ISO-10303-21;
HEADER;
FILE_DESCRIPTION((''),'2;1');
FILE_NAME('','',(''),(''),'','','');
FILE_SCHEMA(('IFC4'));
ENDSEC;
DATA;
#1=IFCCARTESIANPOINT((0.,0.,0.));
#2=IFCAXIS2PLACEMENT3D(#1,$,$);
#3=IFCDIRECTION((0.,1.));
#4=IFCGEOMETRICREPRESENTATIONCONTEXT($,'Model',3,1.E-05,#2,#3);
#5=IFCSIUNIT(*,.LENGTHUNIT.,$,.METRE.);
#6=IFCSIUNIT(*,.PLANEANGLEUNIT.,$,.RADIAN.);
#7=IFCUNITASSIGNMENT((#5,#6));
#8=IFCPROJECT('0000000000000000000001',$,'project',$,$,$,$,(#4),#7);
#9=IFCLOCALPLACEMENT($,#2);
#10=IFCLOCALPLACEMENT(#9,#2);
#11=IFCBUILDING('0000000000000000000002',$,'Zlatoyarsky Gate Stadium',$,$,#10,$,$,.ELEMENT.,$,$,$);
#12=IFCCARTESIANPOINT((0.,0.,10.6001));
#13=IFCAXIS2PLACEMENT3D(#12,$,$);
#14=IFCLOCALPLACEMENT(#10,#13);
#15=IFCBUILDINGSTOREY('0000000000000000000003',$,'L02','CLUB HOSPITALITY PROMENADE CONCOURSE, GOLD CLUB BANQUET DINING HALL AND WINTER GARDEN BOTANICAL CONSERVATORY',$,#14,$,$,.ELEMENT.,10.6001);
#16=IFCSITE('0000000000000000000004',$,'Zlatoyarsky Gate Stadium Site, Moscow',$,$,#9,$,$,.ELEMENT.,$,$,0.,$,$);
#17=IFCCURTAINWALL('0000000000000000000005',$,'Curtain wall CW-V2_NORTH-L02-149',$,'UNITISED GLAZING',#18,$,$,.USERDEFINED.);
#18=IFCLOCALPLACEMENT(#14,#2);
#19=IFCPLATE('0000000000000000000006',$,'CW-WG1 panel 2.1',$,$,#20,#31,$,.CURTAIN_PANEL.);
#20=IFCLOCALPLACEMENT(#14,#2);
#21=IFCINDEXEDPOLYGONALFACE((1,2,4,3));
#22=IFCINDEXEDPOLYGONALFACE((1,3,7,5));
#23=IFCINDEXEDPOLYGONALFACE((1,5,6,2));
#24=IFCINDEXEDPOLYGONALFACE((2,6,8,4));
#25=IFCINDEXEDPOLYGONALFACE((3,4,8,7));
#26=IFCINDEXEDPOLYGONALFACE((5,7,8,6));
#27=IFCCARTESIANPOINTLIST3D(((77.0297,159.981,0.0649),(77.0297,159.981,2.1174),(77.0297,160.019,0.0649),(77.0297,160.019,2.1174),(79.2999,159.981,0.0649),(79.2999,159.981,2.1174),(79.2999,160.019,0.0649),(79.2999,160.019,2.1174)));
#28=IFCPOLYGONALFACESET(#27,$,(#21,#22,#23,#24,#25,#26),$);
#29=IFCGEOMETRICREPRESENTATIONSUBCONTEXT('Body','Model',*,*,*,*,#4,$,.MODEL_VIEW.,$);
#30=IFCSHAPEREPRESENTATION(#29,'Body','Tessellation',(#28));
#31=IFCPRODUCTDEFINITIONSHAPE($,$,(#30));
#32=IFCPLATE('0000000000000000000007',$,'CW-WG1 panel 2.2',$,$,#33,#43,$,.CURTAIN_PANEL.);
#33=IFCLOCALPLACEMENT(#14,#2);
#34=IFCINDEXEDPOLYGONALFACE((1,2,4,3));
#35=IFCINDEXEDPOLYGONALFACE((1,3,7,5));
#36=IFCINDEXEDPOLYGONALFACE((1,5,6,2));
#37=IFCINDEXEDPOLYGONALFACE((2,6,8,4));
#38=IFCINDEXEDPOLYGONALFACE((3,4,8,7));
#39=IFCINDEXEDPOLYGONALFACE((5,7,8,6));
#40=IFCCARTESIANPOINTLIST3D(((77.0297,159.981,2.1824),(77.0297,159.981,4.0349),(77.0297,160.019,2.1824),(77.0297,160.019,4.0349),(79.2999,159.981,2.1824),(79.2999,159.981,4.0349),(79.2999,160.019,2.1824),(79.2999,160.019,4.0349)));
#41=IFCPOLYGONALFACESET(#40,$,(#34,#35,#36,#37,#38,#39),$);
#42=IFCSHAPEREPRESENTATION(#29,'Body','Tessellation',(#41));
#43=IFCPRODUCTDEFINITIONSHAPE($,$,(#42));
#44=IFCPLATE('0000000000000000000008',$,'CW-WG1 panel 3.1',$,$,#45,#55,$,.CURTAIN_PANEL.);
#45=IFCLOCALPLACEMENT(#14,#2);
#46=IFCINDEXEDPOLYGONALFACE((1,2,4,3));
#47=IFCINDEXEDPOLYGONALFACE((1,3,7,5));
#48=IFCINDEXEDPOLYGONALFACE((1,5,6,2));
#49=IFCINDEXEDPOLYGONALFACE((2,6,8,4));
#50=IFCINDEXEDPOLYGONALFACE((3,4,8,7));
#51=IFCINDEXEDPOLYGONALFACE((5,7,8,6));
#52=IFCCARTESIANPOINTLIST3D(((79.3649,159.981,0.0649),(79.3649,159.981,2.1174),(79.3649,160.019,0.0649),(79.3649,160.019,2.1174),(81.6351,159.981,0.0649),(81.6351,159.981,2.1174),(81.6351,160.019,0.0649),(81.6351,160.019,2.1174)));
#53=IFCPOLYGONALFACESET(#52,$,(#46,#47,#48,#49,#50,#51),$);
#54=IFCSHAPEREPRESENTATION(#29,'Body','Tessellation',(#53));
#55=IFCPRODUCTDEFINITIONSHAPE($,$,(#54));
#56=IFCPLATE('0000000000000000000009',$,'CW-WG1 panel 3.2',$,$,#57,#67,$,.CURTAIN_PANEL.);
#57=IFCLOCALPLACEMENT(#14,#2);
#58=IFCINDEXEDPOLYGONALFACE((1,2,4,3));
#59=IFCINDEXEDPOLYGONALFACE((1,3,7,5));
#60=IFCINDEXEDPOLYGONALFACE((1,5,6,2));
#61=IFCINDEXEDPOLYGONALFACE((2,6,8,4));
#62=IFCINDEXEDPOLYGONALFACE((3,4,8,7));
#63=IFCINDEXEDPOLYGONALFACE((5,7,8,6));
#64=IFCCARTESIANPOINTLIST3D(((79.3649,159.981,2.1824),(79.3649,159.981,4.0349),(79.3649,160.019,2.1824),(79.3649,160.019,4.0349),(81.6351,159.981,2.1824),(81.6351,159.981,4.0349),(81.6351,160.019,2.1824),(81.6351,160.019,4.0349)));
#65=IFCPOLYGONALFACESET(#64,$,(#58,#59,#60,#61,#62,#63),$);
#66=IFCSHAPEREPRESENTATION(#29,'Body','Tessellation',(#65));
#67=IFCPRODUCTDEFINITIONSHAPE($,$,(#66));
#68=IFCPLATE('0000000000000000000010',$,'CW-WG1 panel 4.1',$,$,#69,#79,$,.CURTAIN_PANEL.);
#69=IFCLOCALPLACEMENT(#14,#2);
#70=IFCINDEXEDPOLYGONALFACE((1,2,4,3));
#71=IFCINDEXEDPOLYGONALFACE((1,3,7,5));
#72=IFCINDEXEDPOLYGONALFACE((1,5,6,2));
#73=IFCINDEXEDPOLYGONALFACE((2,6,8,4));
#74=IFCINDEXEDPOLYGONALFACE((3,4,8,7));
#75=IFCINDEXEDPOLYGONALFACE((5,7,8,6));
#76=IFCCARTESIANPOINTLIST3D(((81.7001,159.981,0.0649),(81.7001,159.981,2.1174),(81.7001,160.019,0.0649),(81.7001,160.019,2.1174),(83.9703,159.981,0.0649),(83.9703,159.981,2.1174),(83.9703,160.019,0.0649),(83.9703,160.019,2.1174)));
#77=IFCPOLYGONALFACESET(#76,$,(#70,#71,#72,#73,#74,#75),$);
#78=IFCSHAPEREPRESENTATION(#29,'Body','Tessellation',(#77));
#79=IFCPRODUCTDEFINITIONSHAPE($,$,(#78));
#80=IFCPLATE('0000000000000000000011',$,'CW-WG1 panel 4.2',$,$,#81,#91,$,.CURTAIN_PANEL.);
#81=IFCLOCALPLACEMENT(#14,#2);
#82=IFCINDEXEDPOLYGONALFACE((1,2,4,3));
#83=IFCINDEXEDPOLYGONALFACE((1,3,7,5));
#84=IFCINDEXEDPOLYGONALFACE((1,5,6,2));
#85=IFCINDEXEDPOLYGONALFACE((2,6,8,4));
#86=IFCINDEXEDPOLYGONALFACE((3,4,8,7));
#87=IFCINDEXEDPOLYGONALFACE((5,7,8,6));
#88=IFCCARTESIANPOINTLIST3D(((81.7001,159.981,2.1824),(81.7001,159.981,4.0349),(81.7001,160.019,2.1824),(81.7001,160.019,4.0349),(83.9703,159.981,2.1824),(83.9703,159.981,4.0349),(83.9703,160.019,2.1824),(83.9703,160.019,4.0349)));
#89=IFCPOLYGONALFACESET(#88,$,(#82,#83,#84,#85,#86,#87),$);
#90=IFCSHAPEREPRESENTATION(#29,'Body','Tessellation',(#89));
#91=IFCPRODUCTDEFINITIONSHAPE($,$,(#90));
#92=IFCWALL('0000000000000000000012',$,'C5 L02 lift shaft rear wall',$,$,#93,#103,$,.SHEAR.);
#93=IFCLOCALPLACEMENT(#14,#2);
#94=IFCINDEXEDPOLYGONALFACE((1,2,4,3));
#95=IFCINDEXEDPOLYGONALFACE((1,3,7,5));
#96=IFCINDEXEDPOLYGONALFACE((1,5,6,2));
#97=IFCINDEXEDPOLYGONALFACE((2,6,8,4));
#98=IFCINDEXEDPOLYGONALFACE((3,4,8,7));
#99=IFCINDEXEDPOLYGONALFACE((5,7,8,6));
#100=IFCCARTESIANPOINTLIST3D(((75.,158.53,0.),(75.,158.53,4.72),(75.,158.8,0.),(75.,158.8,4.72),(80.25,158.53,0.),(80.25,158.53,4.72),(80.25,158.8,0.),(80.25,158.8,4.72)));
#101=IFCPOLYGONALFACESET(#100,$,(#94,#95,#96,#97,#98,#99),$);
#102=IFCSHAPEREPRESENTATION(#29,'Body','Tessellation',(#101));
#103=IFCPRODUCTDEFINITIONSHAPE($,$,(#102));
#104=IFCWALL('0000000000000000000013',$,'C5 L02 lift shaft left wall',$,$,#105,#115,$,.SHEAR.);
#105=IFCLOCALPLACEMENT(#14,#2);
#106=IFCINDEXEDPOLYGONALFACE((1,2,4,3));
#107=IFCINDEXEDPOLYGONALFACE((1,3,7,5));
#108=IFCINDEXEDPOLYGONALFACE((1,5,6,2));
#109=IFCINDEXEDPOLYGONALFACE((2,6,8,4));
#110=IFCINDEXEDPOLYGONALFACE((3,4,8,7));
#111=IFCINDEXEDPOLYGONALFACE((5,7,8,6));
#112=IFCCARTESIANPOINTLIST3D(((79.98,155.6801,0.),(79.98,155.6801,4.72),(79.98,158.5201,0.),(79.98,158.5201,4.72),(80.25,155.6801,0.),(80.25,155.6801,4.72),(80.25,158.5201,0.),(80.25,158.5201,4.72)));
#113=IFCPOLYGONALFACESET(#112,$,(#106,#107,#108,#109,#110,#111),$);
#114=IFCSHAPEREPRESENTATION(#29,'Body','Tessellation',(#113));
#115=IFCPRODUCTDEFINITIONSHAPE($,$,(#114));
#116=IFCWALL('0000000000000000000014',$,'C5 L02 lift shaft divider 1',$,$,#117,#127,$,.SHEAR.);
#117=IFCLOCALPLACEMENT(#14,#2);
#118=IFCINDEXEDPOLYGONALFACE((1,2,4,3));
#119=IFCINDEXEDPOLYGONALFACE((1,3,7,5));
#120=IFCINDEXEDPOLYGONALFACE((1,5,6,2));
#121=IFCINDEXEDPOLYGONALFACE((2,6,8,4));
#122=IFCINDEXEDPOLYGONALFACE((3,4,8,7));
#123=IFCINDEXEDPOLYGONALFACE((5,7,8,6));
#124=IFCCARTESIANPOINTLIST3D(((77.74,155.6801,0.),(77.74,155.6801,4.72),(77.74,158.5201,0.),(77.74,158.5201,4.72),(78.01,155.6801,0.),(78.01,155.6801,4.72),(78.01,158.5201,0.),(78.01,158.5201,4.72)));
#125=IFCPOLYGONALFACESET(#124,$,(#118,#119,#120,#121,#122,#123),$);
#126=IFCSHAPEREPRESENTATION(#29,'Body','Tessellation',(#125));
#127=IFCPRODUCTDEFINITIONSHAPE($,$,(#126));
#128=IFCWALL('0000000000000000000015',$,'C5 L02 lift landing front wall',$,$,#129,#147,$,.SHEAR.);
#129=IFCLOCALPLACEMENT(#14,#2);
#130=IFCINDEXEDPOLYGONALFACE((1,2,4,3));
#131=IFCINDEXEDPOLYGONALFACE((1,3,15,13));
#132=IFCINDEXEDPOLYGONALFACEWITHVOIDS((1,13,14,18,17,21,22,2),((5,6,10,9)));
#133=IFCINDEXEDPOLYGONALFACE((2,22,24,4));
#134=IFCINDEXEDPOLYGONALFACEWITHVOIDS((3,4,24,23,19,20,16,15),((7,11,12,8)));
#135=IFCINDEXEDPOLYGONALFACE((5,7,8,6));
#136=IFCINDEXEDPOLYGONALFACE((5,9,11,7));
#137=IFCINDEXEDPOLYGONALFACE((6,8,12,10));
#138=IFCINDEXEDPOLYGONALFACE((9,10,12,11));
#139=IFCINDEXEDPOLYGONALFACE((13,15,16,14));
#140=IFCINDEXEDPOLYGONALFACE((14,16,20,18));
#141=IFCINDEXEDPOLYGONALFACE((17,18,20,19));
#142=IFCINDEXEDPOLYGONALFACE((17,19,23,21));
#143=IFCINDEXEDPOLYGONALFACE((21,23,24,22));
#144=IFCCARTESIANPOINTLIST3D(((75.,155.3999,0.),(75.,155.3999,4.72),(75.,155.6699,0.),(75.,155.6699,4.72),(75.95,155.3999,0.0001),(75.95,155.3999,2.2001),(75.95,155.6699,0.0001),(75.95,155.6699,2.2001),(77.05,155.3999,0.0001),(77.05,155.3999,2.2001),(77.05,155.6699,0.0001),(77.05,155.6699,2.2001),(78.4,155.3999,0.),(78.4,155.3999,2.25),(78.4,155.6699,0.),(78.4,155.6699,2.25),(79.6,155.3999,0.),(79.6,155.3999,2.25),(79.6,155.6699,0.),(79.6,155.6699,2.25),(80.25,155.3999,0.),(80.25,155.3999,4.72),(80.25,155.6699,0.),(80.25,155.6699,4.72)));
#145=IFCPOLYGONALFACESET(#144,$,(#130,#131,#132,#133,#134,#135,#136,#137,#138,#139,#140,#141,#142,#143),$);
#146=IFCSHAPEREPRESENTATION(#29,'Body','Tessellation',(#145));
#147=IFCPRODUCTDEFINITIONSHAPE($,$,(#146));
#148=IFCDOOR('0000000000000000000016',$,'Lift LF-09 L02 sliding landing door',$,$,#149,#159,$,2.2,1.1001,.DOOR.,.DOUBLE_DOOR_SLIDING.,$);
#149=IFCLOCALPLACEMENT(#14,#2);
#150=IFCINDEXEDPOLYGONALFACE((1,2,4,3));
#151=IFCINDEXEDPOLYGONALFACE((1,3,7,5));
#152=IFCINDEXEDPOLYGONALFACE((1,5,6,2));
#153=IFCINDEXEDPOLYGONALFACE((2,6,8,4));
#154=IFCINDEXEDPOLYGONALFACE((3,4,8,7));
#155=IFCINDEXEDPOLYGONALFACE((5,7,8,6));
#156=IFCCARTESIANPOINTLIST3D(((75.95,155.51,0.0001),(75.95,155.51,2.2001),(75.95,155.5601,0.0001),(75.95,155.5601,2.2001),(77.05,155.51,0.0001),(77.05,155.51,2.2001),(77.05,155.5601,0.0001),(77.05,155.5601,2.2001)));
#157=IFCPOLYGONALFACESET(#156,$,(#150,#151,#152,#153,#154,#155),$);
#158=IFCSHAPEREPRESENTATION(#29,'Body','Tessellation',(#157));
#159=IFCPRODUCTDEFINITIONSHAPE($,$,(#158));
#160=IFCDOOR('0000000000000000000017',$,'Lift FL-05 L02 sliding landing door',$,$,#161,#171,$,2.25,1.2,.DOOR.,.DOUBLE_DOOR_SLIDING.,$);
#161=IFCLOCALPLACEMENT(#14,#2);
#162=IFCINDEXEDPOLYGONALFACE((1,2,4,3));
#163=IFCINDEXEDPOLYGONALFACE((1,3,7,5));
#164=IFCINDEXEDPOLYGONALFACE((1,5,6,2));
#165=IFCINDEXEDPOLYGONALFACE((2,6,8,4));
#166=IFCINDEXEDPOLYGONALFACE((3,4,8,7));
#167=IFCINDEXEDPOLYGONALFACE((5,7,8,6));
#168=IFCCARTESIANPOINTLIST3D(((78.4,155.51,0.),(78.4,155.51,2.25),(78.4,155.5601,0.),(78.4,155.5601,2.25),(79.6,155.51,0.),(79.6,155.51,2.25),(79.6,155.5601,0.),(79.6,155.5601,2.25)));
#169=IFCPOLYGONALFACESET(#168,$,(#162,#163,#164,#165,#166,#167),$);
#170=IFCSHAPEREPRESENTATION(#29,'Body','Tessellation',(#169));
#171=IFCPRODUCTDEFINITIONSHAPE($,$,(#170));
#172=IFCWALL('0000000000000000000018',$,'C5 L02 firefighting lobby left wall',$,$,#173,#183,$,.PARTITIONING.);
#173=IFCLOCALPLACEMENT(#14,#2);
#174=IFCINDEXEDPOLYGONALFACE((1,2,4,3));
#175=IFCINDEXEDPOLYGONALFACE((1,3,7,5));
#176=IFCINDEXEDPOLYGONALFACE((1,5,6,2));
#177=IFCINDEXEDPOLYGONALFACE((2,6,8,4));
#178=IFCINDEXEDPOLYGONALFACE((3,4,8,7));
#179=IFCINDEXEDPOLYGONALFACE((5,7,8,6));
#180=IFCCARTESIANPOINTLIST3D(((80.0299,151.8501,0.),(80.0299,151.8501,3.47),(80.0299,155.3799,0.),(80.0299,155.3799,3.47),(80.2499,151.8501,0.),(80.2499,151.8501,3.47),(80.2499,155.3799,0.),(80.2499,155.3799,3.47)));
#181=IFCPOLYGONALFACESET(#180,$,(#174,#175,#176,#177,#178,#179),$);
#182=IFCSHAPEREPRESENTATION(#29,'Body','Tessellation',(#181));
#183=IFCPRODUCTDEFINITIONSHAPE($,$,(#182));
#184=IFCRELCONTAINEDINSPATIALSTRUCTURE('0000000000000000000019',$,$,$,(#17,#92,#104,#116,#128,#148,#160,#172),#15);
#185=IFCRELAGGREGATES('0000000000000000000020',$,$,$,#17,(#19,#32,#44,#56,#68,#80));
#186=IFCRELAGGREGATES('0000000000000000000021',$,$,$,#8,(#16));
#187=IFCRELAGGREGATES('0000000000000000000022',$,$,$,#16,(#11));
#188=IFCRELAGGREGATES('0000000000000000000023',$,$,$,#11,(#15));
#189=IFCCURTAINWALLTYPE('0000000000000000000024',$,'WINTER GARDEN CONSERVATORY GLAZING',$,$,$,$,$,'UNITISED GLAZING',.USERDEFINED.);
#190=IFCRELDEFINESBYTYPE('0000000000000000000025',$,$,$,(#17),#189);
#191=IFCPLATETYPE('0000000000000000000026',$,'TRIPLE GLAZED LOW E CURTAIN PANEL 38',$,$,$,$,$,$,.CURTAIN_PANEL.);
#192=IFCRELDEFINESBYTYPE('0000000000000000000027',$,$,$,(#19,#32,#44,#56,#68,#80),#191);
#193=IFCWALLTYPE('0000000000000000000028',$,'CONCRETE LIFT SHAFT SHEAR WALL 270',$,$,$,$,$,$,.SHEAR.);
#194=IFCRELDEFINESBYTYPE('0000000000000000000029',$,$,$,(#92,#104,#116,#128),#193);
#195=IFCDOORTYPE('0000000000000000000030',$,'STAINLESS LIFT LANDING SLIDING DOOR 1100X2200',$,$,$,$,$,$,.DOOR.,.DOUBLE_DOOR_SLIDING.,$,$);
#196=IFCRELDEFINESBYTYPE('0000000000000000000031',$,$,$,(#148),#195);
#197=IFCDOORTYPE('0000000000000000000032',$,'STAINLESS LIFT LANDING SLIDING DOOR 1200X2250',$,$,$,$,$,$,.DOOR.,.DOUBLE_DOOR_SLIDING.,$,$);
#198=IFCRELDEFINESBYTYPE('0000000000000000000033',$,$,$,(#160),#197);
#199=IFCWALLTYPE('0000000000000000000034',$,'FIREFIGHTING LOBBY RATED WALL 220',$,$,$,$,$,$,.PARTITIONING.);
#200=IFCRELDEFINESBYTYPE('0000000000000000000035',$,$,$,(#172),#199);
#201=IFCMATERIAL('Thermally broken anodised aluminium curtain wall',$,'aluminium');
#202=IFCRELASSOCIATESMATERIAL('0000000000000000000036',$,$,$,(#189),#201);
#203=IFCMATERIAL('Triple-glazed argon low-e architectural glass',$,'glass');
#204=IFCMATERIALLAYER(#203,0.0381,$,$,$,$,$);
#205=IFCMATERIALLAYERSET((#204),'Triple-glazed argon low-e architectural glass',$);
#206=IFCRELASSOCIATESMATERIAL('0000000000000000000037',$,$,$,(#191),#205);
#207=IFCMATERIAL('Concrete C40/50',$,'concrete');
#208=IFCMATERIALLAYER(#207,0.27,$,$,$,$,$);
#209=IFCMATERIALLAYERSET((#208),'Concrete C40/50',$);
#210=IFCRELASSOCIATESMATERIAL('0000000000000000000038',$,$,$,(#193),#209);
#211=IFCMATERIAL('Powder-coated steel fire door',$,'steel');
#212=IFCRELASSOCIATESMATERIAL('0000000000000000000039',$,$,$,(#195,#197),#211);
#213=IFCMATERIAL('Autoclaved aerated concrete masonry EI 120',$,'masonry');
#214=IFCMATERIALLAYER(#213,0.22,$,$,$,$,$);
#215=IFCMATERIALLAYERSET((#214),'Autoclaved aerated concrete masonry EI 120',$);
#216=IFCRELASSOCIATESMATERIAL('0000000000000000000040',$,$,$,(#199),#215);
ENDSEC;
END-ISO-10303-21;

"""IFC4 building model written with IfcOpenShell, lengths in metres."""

from ifc_helpers import new_model, si_unit, direction, frame, frame_2d, origin, origin_2d, place, context, subcontext, project, spatial, rectangle, extrude, material, layer, layer_set, type_object, element, fill, aggregate, save


model = new_model("IFC4")

# Units and contexts
model_context = context("Model", 3, precision=1e-05, world=origin(), true_north=direction((0.0, 1.0)))
body_context = subcontext(model_context, "Body", "Model", "MODEL_VIEW")
ifc_project = project(units=[si_unit("LENGTHUNIT", "METRE"), si_unit("PLANEANGLEUNIT", "RADIAN")], contexts=[model_context])

# Site, building, storey
site_placement = place(None, origin())
site = spatial("IfcSite", under=ifc_project, at=site_placement, Name="Zlatoyarsky Gate Stadium Site, Moscow", CompositionType="ELEMENT", RefElevation=0.0)
building_placement = place(site_placement, origin())
building = spatial("IfcBuilding", under=site, at=building_placement, Name="Zlatoyarsky Gate Stadium", CompositionType="ELEMENT")
storey_placement = place(building_placement, frame((0.0, 0.0, 10.6001)))
storey = spatial("IfcBuildingStorey", under=building, at=storey_placement, Name="L02", Description="CLUB HOSPITALITY PROMENADE CONCOURSE, GOLD CLUB BANQUET DINING HALL AND WINTER GARDEN BOTANICAL CONSERVATORY", CompositionType="ELEMENT", Elevation=10.6001)

# Curtain wall, plates
ifc_material_1 = material(Name="Thermally broken anodised aluminium curtain wall", Category="aluminium")
curtain_wall_type = type_object("IfcCurtainWallType", Name="WINTER GARDEN CONSERVATORY GLAZING", ElementType="UNITISED GLAZING", PredefinedType="USERDEFINED", material=ifc_material_1)
curtain_wall_placement = place(storey_placement, origin())
curtain_wall = element("IfcCurtainWall", 1, at=curtain_wall_placement, inside=storey, type_object=curtain_wall_type, Name="Curtain wall CW-V2_NORTH-L02-149", ObjectType="UNITISED GLAZING", PredefinedType="USERDEFINED")
ifc_material_2 = material(Name="Triple-glazed argon low-e architectural glass", Category="glass")
ifc_layer_1 = layer(ifc_material_2, 0.0381)
ifc_layer_set_1 = layer_set([ifc_layer_1], Name="Triple-glazed argon low-e architectural glass")
plate_type = type_object("IfcPlateType", Name="TRIPLE GLAZED LOW E CURTAIN PANEL 38", PredefinedType="CURTAIN_PANEL", material=ifc_layer_set_1)
plate_1_placement = place(storey_placement, frame((78.1648, 160.0, 0.0649), z_axis=(0.0, 0.0, 1.0), x_axis=(1.0, 0.0, 0.0)))
plate_1 = element("IfcPlate", 2, at=plate_1_placement, type_object=plate_type, Name="CW-WG1 panel 2.1", PredefinedType="CURTAIN_PANEL", context=body_context, shape_type="SweptSolid", body=[
    extrude(rectangle(XDim=2.2703, YDim=0.0381, at=origin_2d()), origin(), (0.0, 0.0, 1.0), 2.0525),
])
plate_2_placement = place(storey_placement, frame((78.1648, 160.0, 2.1824), z_axis=(0.0, 0.0, 1.0), x_axis=(1.0, 0.0, 0.0)))
plate_2 = element("IfcPlate", 3, at=plate_2_placement, type_object=plate_type, Name="CW-WG1 panel 2.2", PredefinedType="CURTAIN_PANEL", context=body_context, shape_type="SweptSolid", body=[
    extrude(rectangle(XDim=2.2703, YDim=0.0381, at=origin_2d()), origin(), (0.0, 0.0, 1.0), 1.8525),
])
plate_3_placement = place(storey_placement, frame((80.5, 160.0, 0.0649), z_axis=(0.0, 0.0, 1.0), x_axis=(1.0, 0.0, 0.0)))
plate_3 = element("IfcPlate", 4, at=plate_3_placement, type_object=plate_type, Name="CW-WG1 panel 3.1", PredefinedType="CURTAIN_PANEL", context=body_context, shape_type="SweptSolid", body=[
    extrude(rectangle(XDim=2.2703, YDim=0.0381, at=origin_2d()), origin(), (0.0, 0.0, 1.0), 2.0525),
])
plate_4_placement = place(storey_placement, frame((80.5, 160.0, 2.1824), z_axis=(0.0, 0.0, 1.0), x_axis=(1.0, 0.0, 0.0)))
plate_4 = element("IfcPlate", 5, at=plate_4_placement, type_object=plate_type, Name="CW-WG1 panel 3.2", PredefinedType="CURTAIN_PANEL", context=body_context, shape_type="SweptSolid", body=[
    extrude(rectangle(XDim=2.2703, YDim=0.0381, at=origin_2d()), origin(), (0.0, 0.0, 1.0), 1.8525),
])
plate_5_placement = place(storey_placement, frame((82.8352, 160.0, 0.0649), z_axis=(0.0, 0.0, 1.0), x_axis=(1.0, 0.0, 0.0)))
plate_5 = element("IfcPlate", 6, at=plate_5_placement, type_object=plate_type, Name="CW-WG1 panel 4.1", PredefinedType="CURTAIN_PANEL", context=body_context, shape_type="SweptSolid", body=[
    extrude(rectangle(XDim=2.2703, YDim=0.0381, at=origin_2d()), origin(), (0.0, 0.0, 1.0), 2.0525),
])
plate_6_placement = place(storey_placement, frame((82.8352, 160.0, 2.1824), z_axis=(0.0, 0.0, 1.0), x_axis=(1.0, 0.0, 0.0)))
plate_6 = element("IfcPlate", 7, at=plate_6_placement, type_object=plate_type, Name="CW-WG1 panel 4.2", PredefinedType="CURTAIN_PANEL", context=body_context, shape_type="SweptSolid", body=[
    extrude(rectangle(XDim=2.2703, YDim=0.0381, at=origin_2d()), origin(), (0.0, 0.0, 1.0), 1.8525),
])
aggregate(curtain_wall, [plate_1, plate_2, plate_3, plate_4, plate_5, plate_6])

# Walls
ifc_material_3 = material(Name="Concrete C40/50", Category="concrete")
ifc_layer_2 = layer(ifc_material_3, 0.27)
ifc_layer_set_2 = layer_set([ifc_layer_2], Name="Concrete C40/50")
wall_type_1 = type_object("IfcWallType", Name="CONCRETE LIFT SHAFT SHEAR WALL 270", PredefinedType="SHEAR", material=ifc_layer_set_2)
wall_1_placement = place(storey_placement, frame((80.25, 158.665, 0.0), z_axis=(0.0, 0.0, 1.0), x_axis=(-1.0, 0.0, 0.0)))
element("IfcWall", 8, at=wall_1_placement, inside=storey, type_object=wall_type_1, Name="C5 L02 lift shaft rear wall", PredefinedType="SHEAR", context=body_context, shape_type="SweptSolid", body=[
    extrude(rectangle(XDim=5.25, YDim=0.27, at=frame_2d((2.625, 0.0))), origin(), (0.0, 0.0, 1.0), 4.72),
])
for number, where, z_axis, x_axis, name in (
    (9, (80.115, 158.52, 0.0), (0.0, 0.0, 1.0), (0.0, -1.0, 0.0), "C5 L02 lift shaft left wall"),
    (10, (77.875, 158.52, 0.0), (0.0, 0.0, 1.0), (0.0, -1.0, 0.0), "C5 L02 lift shaft divider 1"),
):
    element("IfcWall", number, at=place(storey_placement, frame(where, z_axis=z_axis, x_axis=x_axis)), inside=storey, type_object=wall_type_1, Name=name, PredefinedType="SHEAR", context=body_context, shape_type="SweptSolid", body=[
        extrude(rectangle(XDim=2.8401, YDim=0.27, at=frame_2d((1.4199, 0.0))), origin(), (0.0, 0.0, 1.0), 4.72),
    ])

# Wall, openings, doors
wall_2_placement = place(storey_placement, frame((80.25, 155.5349, 0.0), z_axis=(0.0, 0.0, 1.0), x_axis=(-1.0, 0.0, 0.0)))
wall_2 = element("IfcWall", 11, at=wall_2_placement, inside=storey, type_object=wall_type_1, Name="C5 L02 lift landing front wall", PredefinedType="SHEAR", context=body_context, shape_type="SweptSolid", body=[
    extrude(rectangle(XDim=5.25, YDim=0.27, at=frame_2d((2.625, 0.0))), origin(), (0.0, 0.0, 1.0), 4.72),
])
opening_1_placement = place(wall_2_placement, frame((0.6499, 0.0, 0.0)))
opening_1 = element("IfcOpeningElement", 12, at=opening_1_placement, cuts=wall_2, PredefinedType="OPENING", context=body_context, shape_type="SweptSolid", body=[
    extrude(rectangle(XDim=1.2, YDim=2.25, at=frame_2d((0.6001, 1.125))), frame((0.0, 0.145, 0.0), z_axis=(0.0, -1.0, 0.0), x_axis=(1.0, 0.0, 0.0)), (0.0, 0.0, 1.0), 0.29),
])
opening_2_placement = place(wall_2_placement, frame((3.2, 0.0, 0.0)))
opening_2 = element("IfcOpeningElement", 13, at=opening_2_placement, cuts=wall_2, PredefinedType="OPENING", context=body_context, shape_type="SweptSolid", body=[
    extrude(rectangle(XDim=1.1001, YDim=2.2, at=frame_2d((0.55, 1.1001))), frame((0.0, 0.145, 0.0), z_axis=(0.0, -1.0, 0.0), x_axis=(1.0, 0.0, 0.0)), (0.0, 0.0, 1.0), 0.29),
])
ifc_material_4 = material(Name="Powder-coated steel fire door", Category="steel")
door_type_1 = type_object("IfcDoorType", Name="STAINLESS LIFT LANDING SLIDING DOOR 1100X2200", OperationType="DOUBLE_DOOR_SLIDING", PredefinedType="DOOR", material=ifc_material_4)
door_1_placement = place(opening_2_placement, origin())
door_1 = element("IfcDoor", 14, at=door_1_placement, inside=storey, type_object=door_type_1, Name="Lift LF-09 L02 sliding landing door", OperationType="DOUBLE_DOOR_SLIDING", OverallHeight=2.2, OverallWidth=1.1001, PredefinedType="DOOR", context=body_context, shape_type="SweptSolid", body=[
    extrude(rectangle(XDim=1.1001, YDim=2.2, at=frame_2d((0.55, 1.1001))), frame((0.0, 0.0249, 0.0), z_axis=(0.0, -1.0, 0.0), x_axis=(1.0, 0.0, 0.0)), (0.0, 0.0, 1.0), 0.05),
])
fill(opening_2, door_1)
door_type_2 = type_object("IfcDoorType", Name="STAINLESS LIFT LANDING SLIDING DOOR 1200X2250", OperationType="DOUBLE_DOOR_SLIDING", PredefinedType="DOOR", material=ifc_material_4)
door_2_placement = place(opening_1_placement, origin())
door_2 = element("IfcDoor", 15, at=door_2_placement, inside=storey, type_object=door_type_2, Name="Lift FL-05 L02 sliding landing door", OperationType="DOUBLE_DOOR_SLIDING", OverallHeight=2.25, OverallWidth=1.2, PredefinedType="DOOR", context=body_context, shape_type="SweptSolid", body=[
    extrude(rectangle(XDim=1.2, YDim=2.25, at=frame_2d((0.6001, 1.125))), frame((0.0, 0.0249, 0.0), z_axis=(0.0, -1.0, 0.0), x_axis=(1.0, 0.0, 0.0)), (0.0, 0.0, 1.0), 0.05),
])
fill(opening_1, door_2)

# Wall
ifc_material_5 = material(Name="Autoclaved aerated concrete masonry EI 120", Category="masonry")
ifc_layer_3 = layer(ifc_material_5, 0.22)
ifc_layer_set_3 = layer_set([ifc_layer_3], Name="Autoclaved aerated concrete masonry EI 120")
wall_type_2 = type_object("IfcWallType", Name="FIREFIGHTING LOBBY RATED WALL 220", PredefinedType="PARTITIONING", material=ifc_layer_set_3)
wall_3_placement = place(storey_placement, frame((80.1399, 155.3799, 0.0), z_axis=(0.0, 0.0, 1.0), x_axis=(0.0, -1.0, 0.0)))
element("IfcWall", 16, at=wall_3_placement, inside=storey, type_object=wall_type_2, Name="C5 L02 firefighting lobby left wall", PredefinedType="PARTITIONING", context=body_context, shape_type="SweptSolid", body=[
    extrude(rectangle(XDim=3.5298, YDim=0.22, at=frame_2d((1.7649, 0.0))), origin(), (0.0, 0.0, 1.0), 3.47),
])

save(model, "model.ifc")
